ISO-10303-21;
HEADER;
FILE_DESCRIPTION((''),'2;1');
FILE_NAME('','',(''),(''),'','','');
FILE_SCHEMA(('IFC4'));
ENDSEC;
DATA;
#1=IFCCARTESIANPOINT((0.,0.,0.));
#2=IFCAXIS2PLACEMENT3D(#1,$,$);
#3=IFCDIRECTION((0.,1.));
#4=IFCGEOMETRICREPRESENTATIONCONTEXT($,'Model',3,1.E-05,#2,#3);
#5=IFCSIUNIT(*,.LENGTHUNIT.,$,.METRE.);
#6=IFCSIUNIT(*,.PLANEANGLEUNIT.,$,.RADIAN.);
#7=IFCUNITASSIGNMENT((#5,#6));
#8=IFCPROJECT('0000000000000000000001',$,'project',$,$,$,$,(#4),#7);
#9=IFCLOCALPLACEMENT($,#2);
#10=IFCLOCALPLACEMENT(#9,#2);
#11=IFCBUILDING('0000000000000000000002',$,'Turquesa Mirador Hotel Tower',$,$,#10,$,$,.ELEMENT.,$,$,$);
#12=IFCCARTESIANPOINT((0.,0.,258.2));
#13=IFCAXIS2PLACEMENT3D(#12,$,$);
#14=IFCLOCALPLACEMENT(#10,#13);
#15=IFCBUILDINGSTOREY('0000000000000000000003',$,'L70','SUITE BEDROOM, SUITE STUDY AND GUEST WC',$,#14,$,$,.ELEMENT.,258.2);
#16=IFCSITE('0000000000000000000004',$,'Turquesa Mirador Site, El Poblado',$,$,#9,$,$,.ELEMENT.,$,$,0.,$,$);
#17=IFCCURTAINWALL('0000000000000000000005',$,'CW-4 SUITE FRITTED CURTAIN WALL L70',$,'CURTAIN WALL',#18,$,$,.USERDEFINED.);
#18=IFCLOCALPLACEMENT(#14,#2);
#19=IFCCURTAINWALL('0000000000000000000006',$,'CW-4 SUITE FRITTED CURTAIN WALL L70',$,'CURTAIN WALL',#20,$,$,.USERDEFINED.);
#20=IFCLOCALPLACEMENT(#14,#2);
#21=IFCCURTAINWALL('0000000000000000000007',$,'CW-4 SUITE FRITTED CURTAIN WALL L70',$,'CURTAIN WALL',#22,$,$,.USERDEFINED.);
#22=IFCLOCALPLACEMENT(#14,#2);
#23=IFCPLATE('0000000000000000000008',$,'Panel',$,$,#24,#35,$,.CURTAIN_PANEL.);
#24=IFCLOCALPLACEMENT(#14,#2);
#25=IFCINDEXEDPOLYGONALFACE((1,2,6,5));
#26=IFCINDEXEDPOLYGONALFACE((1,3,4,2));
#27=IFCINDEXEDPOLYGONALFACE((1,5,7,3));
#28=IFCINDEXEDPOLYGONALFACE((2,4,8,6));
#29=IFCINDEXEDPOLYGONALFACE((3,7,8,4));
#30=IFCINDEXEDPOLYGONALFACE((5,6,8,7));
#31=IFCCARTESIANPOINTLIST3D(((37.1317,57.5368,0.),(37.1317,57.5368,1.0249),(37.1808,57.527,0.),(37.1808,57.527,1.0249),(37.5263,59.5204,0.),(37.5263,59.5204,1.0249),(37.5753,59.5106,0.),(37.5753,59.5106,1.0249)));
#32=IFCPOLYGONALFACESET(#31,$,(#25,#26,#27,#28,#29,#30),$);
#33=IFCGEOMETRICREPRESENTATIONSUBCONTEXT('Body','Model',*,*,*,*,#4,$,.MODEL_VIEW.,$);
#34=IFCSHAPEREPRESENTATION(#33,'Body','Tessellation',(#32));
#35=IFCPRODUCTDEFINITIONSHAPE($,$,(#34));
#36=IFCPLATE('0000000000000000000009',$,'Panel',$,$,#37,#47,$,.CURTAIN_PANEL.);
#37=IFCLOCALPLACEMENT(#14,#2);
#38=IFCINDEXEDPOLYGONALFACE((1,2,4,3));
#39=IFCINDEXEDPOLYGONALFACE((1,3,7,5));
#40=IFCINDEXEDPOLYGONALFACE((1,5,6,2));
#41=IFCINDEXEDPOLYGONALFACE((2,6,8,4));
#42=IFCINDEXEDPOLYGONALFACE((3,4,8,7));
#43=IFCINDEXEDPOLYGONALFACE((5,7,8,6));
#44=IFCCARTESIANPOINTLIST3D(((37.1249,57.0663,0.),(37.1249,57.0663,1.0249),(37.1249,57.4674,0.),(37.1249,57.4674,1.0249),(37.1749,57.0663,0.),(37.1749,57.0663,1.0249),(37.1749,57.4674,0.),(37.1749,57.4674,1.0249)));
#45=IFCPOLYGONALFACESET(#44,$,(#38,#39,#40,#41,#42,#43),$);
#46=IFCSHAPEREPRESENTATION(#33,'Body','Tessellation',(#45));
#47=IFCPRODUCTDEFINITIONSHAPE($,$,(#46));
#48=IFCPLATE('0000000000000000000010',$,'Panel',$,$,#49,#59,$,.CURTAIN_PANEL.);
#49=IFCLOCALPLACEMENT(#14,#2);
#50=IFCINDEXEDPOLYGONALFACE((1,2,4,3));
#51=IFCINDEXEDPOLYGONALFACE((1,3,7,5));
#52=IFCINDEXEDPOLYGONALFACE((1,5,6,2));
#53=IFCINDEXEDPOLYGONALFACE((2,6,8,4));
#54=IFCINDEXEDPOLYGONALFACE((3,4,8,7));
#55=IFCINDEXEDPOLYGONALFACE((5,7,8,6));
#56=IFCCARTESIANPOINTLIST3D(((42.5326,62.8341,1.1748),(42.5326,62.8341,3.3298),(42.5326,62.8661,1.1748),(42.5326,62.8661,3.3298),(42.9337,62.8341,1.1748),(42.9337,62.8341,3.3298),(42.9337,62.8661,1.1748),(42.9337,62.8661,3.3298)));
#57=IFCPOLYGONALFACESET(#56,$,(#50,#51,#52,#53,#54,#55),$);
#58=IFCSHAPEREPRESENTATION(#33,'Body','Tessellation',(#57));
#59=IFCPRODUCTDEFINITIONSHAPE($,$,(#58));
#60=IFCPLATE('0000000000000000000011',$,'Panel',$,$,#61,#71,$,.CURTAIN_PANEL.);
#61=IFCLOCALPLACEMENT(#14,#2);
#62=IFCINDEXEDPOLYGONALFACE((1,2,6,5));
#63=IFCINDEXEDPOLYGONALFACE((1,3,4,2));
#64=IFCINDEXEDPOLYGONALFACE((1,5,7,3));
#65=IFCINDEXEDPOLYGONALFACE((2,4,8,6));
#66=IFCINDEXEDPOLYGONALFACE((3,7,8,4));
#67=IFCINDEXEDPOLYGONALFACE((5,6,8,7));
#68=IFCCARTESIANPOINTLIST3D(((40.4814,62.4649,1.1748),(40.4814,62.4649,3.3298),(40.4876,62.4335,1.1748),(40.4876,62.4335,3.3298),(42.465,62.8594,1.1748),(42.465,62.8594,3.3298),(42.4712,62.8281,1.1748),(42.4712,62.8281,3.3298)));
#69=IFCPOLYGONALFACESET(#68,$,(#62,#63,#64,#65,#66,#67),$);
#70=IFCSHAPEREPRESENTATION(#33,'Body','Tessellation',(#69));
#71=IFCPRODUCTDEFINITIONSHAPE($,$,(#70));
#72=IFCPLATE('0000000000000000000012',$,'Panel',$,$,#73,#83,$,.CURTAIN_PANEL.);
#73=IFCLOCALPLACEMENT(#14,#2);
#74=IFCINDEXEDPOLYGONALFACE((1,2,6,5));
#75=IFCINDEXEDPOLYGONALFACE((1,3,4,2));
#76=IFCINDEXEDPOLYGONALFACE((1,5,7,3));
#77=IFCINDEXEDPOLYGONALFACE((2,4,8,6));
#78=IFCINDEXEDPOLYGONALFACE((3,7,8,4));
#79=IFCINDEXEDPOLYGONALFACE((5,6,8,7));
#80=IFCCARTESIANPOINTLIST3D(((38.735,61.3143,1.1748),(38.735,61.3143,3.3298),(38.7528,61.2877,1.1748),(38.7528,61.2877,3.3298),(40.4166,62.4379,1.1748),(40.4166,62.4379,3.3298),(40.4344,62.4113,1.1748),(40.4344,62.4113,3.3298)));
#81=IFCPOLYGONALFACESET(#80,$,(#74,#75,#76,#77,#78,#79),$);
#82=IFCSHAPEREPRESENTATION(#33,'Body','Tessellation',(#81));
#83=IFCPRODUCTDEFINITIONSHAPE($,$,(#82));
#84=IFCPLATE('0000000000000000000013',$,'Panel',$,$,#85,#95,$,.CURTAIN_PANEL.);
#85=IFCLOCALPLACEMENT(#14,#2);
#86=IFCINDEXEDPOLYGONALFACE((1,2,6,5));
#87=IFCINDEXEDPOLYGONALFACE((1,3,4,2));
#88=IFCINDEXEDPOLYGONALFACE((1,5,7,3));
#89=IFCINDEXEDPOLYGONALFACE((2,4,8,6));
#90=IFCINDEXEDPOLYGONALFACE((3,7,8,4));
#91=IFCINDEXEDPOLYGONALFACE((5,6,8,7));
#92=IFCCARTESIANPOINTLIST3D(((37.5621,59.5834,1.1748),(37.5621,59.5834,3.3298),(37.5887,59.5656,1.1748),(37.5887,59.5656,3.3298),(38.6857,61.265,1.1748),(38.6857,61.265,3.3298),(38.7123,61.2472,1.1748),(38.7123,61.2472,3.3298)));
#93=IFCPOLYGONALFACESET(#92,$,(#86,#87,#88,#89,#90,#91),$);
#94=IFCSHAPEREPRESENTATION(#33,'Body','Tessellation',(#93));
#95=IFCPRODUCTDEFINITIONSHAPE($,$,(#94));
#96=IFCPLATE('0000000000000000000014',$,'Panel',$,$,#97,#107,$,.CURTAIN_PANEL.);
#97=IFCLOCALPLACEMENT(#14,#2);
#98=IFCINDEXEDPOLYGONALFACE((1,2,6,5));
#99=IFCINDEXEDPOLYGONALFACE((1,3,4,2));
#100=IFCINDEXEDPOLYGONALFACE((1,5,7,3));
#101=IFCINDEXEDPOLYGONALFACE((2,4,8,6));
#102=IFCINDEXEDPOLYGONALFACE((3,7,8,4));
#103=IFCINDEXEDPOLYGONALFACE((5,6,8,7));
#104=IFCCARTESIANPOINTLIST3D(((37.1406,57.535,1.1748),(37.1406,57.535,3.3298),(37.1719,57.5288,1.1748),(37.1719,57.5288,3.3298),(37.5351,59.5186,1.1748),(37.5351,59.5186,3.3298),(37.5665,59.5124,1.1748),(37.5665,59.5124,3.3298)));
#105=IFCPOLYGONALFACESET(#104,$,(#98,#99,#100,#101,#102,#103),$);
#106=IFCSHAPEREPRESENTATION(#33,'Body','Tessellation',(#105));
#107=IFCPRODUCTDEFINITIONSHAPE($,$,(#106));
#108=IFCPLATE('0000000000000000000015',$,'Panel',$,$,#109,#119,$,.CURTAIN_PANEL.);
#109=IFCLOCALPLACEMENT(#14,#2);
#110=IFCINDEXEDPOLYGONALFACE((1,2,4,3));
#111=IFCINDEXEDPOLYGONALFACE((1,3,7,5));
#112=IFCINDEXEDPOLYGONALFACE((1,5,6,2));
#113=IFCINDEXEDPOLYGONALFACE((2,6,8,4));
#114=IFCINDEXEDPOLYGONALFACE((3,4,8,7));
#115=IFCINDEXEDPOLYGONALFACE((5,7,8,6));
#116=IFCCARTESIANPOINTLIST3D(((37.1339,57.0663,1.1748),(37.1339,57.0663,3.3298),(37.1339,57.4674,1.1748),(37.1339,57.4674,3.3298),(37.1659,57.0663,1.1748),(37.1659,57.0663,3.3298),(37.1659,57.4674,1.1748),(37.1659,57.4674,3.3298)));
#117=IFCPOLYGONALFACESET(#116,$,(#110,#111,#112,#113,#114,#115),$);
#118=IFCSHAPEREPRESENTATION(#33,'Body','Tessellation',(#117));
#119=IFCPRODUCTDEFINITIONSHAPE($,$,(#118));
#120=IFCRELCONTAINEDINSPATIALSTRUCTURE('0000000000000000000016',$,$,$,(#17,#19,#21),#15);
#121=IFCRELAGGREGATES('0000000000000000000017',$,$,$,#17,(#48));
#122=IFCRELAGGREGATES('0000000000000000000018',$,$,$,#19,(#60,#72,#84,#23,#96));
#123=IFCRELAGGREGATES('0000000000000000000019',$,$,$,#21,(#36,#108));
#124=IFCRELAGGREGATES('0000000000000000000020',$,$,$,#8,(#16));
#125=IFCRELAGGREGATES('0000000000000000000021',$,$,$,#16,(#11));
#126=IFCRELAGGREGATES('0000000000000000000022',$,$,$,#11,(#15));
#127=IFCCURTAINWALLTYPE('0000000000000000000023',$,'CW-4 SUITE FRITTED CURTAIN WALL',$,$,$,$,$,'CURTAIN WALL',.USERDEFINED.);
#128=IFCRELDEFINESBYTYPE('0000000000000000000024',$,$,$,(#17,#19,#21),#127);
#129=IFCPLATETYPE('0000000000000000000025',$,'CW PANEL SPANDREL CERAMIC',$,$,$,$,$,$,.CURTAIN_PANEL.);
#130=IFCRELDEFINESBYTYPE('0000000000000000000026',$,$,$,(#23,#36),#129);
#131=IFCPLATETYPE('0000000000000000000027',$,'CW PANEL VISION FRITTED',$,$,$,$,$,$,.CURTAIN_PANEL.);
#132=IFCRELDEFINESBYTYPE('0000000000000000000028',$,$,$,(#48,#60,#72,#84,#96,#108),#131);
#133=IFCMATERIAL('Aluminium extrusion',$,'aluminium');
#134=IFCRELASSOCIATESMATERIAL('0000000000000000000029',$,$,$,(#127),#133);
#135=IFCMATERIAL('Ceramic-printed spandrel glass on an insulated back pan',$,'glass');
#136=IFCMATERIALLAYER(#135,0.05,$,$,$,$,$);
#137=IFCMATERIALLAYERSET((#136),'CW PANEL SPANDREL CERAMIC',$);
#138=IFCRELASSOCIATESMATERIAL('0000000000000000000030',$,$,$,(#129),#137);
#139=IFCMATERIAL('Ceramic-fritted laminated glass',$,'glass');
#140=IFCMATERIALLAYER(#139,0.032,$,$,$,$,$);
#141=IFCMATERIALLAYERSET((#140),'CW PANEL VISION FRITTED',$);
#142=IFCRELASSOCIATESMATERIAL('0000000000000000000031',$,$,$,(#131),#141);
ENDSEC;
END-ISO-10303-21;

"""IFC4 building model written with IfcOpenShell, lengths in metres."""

from ifc_helpers import new_model, si_unit, direction, frame, origin, origin_2d, place, context, subcontext, project, spatial, rectangle, extrude, material, layer, layer_set, type_object, element, aggregate, save


model = new_model("IFC4")

# Units and contexts
model_context = context("Model", 3, precision=1e-05, world=origin(), true_north=direction((0.0, 1.0)))
body_context = subcontext(model_context, "Body", "Model", "MODEL_VIEW")
ifc_project = project(units=[si_unit("LENGTHUNIT", "METRE"), si_unit("PLANEANGLEUNIT", "RADIAN")], contexts=[model_context])

# Site, building, storey
site_placement = place(None, origin())
site = spatial("IfcSite", under=ifc_project, at=site_placement, Name="Turquesa Mirador Site, El Poblado", CompositionType="ELEMENT", RefElevation=0.0)
building_placement = place(site_placement, origin())
building = spatial("IfcBuilding", under=site, at=building_placement, Name="Turquesa Mirador Hotel Tower", CompositionType="ELEMENT")
storey_placement = place(building_placement, frame((0.0, 0.0, 258.2)))
storey = spatial("IfcBuildingStorey", under=building, at=storey_placement, Name="L70", Description="SUITE BEDROOM, SUITE STUDY AND GUEST WC", CompositionType="ELEMENT", Elevation=258.2)

# Curtain walls
ifc_material_1 = material(Name="Aluminium extrusion", Category="aluminium")
curtain_wall_type = type_object("IfcCurtainWallType", Name="CW-4 SUITE FRITTED CURTAIN WALL", ElementType="CURTAIN WALL", PredefinedType="USERDEFINED", material=ifc_material_1)
curtain_wall_1_placement = place(storey_placement, origin())
curtain_wall_1 = element("IfcCurtainWall", 1, at=curtain_wall_1_placement, inside=storey, type_object=curtain_wall_type, Name="CW-4 SUITE FRITTED CURTAIN WALL L70", ObjectType="CURTAIN WALL", PredefinedType="USERDEFINED")
curtain_wall_2_placement = place(storey_placement, origin())
curtain_wall_2 = element("IfcCurtainWall", 2, at=curtain_wall_2_placement, inside=storey, type_object=curtain_wall_type, Name="CW-4 SUITE FRITTED CURTAIN WALL L70", ObjectType="CURTAIN WALL", PredefinedType="USERDEFINED")
curtain_wall_3_placement = place(storey_placement, origin())
curtain_wall_3 = element("IfcCurtainWall", 3, at=curtain_wall_3_placement, inside=storey, type_object=curtain_wall_type, Name="CW-4 SUITE FRITTED CURTAIN WALL L70", ObjectType="CURTAIN WALL", PredefinedType="USERDEFINED")

# Plates
ifc_material_2 = material(Name="Ceramic-printed spandrel glass on an insulated back pan", Category="glass")
ifc_layer_1 = layer(ifc_material_2, 0.05)
ifc_layer_set_1 = layer_set([ifc_layer_1], Name="CW PANEL SPANDREL CERAMIC")
plate_type_1 = type_object("IfcPlateType", Name="CW PANEL SPANDREL CERAMIC", PredefinedType="CURTAIN_PANEL", material=ifc_layer_set_1)
plate_1_placement = place(storey_placement, frame((37.3535, 58.5237, 0.0), z_axis=(0.0, 0.0, 1.0), x_axis=(-0.195091, -0.980785, 0.0)))
plate_1 = element("IfcPlate", 4, at=plate_1_placement, type_object=plate_type_1, Name="Panel", PredefinedType="CURTAIN_PANEL", context=body_context, shape_type="SweptSolid", body=[
    extrude(rectangle(XDim=2.0225, YDim=0.05, at=origin_2d()), origin(), (0.0, 0.0, 1.0), 1.0249),
])
plate_2_placement = place(storey_placement, frame((37.1499, 57.2668, 0.0), z_axis=(0.0, 0.0, 1.0), x_axis=(0.0, -1.0, 0.0)))
plate_2 = element("IfcPlate", 5, at=plate_2_placement, type_object=plate_type_1, Name="Panel", PredefinedType="CURTAIN_PANEL", context=body_context, shape_type="SweptSolid", body=[
    extrude(rectangle(XDim=0.4011, YDim=0.05, at=origin_2d()), origin(), (0.0, 0.0, 1.0), 1.0249),
])
ifc_material_3 = material(Name="Ceramic-fritted laminated glass", Category="glass")
ifc_layer_2 = layer(ifc_material_3, 0.032)
ifc_layer_set_2 = layer_set([ifc_layer_2], Name="CW PANEL VISION FRITTED")
plate_type_2 = type_object("IfcPlateType", Name="CW PANEL VISION FRITTED", PredefinedType="CURTAIN_PANEL", material=ifc_layer_set_2)
plate_3_placement = place(storey_placement, frame((42.7332, 62.8501, 1.1748), z_axis=(0.0, 0.0, 1.0), x_axis=(-1.0, 0.0, 0.0)))
plate_3 = element("IfcPlate", 6, at=plate_3_placement, type_object=plate_type_2, Name="Panel", PredefinedType="CURTAIN_PANEL", context=body_context, shape_type="SweptSolid", body=[
    extrude(rectangle(XDim=0.4011, YDim=0.032, at=origin_2d()), origin(), (0.0, 0.0, 1.0), 2.155),
])
aggregate(curtain_wall_1, [plate_3])
plate_4_placement = place(storey_placement, frame((41.4763, 62.6465, 1.1748), z_axis=(0.0, 0.0, 1.0), x_axis=(-0.980785, -0.195091, 0.0)))
plate_4 = element("IfcPlate", 7, at=plate_4_placement, type_object=plate_type_2, Name="Panel", PredefinedType="CURTAIN_PANEL", context=body_context, shape_type="SweptSolid", body=[
    extrude(rectangle(XDim=2.0225, YDim=0.032, at=origin_2d()), origin(), (0.0, 0.0, 1.0), 2.155),
])
plate_5_placement = place(storey_placement, frame((39.5847, 61.8628, 1.1748), z_axis=(0.0, 0.0, 1.0), x_axis=(-0.83147, -0.55557, 0.0)))
plate_5 = element("IfcPlate", 8, at=plate_5_placement, type_object=plate_type_2, Name="Panel", PredefinedType="CURTAIN_PANEL", context=body_context, shape_type="SweptSolid", body=[
    extrude(rectangle(XDim=2.0225, YDim=0.032, at=origin_2d()), origin(), (0.0, 0.0, 1.0), 2.155),
])
plate_6_placement = place(storey_placement, frame((38.1372, 60.4153, 1.1748), z_axis=(0.0, 0.0, 1.0), x_axis=(-0.55557, -0.83147, 0.0)))
plate_6 = element("IfcPlate", 9, at=plate_6_placement, type_object=plate_type_2, Name="Panel", PredefinedType="CURTAIN_PANEL", context=body_context, shape_type="SweptSolid", body=[
    extrude(rectangle(XDim=2.0225, YDim=0.032, at=origin_2d()), origin(), (0.0, 0.0, 1.0), 2.155),
])
plate_7_placement = place(storey_placement, frame((37.3535, 58.5237, 1.1748), z_axis=(0.0, 0.0, 1.0), x_axis=(-0.195091, -0.980785, 0.0)))
plate_7 = element("IfcPlate", 10, at=plate_7_placement, type_object=plate_type_2, Name="Panel", PredefinedType="CURTAIN_PANEL", context=body_context, shape_type="SweptSolid", body=[
    extrude(rectangle(XDim=2.0225, YDim=0.032, at=origin_2d()), origin(), (0.0, 0.0, 1.0), 2.155),
])
aggregate(curtain_wall_2, [plate_4, plate_5, plate_6, plate_1, plate_7])
plate_8_placement = place(storey_placement, frame((37.1499, 57.2668, 1.1748), z_axis=(0.0, 0.0, 1.0), x_axis=(0.0, -1.0, 0.0)))
plate_8 = element("IfcPlate", 11, at=plate_8_placement, type_object=plate_type_2, Name="Panel", PredefinedType="CURTAIN_PANEL", context=body_context, shape_type="SweptSolid", body=[
    extrude(rectangle(XDim=0.4011, YDim=0.032, at=origin_2d()), origin(), (0.0, 0.0, 1.0), 2.155),
])
aggregate(curtain_wall_3, [plate_2, plate_8])

save(model, "model.ifc")
